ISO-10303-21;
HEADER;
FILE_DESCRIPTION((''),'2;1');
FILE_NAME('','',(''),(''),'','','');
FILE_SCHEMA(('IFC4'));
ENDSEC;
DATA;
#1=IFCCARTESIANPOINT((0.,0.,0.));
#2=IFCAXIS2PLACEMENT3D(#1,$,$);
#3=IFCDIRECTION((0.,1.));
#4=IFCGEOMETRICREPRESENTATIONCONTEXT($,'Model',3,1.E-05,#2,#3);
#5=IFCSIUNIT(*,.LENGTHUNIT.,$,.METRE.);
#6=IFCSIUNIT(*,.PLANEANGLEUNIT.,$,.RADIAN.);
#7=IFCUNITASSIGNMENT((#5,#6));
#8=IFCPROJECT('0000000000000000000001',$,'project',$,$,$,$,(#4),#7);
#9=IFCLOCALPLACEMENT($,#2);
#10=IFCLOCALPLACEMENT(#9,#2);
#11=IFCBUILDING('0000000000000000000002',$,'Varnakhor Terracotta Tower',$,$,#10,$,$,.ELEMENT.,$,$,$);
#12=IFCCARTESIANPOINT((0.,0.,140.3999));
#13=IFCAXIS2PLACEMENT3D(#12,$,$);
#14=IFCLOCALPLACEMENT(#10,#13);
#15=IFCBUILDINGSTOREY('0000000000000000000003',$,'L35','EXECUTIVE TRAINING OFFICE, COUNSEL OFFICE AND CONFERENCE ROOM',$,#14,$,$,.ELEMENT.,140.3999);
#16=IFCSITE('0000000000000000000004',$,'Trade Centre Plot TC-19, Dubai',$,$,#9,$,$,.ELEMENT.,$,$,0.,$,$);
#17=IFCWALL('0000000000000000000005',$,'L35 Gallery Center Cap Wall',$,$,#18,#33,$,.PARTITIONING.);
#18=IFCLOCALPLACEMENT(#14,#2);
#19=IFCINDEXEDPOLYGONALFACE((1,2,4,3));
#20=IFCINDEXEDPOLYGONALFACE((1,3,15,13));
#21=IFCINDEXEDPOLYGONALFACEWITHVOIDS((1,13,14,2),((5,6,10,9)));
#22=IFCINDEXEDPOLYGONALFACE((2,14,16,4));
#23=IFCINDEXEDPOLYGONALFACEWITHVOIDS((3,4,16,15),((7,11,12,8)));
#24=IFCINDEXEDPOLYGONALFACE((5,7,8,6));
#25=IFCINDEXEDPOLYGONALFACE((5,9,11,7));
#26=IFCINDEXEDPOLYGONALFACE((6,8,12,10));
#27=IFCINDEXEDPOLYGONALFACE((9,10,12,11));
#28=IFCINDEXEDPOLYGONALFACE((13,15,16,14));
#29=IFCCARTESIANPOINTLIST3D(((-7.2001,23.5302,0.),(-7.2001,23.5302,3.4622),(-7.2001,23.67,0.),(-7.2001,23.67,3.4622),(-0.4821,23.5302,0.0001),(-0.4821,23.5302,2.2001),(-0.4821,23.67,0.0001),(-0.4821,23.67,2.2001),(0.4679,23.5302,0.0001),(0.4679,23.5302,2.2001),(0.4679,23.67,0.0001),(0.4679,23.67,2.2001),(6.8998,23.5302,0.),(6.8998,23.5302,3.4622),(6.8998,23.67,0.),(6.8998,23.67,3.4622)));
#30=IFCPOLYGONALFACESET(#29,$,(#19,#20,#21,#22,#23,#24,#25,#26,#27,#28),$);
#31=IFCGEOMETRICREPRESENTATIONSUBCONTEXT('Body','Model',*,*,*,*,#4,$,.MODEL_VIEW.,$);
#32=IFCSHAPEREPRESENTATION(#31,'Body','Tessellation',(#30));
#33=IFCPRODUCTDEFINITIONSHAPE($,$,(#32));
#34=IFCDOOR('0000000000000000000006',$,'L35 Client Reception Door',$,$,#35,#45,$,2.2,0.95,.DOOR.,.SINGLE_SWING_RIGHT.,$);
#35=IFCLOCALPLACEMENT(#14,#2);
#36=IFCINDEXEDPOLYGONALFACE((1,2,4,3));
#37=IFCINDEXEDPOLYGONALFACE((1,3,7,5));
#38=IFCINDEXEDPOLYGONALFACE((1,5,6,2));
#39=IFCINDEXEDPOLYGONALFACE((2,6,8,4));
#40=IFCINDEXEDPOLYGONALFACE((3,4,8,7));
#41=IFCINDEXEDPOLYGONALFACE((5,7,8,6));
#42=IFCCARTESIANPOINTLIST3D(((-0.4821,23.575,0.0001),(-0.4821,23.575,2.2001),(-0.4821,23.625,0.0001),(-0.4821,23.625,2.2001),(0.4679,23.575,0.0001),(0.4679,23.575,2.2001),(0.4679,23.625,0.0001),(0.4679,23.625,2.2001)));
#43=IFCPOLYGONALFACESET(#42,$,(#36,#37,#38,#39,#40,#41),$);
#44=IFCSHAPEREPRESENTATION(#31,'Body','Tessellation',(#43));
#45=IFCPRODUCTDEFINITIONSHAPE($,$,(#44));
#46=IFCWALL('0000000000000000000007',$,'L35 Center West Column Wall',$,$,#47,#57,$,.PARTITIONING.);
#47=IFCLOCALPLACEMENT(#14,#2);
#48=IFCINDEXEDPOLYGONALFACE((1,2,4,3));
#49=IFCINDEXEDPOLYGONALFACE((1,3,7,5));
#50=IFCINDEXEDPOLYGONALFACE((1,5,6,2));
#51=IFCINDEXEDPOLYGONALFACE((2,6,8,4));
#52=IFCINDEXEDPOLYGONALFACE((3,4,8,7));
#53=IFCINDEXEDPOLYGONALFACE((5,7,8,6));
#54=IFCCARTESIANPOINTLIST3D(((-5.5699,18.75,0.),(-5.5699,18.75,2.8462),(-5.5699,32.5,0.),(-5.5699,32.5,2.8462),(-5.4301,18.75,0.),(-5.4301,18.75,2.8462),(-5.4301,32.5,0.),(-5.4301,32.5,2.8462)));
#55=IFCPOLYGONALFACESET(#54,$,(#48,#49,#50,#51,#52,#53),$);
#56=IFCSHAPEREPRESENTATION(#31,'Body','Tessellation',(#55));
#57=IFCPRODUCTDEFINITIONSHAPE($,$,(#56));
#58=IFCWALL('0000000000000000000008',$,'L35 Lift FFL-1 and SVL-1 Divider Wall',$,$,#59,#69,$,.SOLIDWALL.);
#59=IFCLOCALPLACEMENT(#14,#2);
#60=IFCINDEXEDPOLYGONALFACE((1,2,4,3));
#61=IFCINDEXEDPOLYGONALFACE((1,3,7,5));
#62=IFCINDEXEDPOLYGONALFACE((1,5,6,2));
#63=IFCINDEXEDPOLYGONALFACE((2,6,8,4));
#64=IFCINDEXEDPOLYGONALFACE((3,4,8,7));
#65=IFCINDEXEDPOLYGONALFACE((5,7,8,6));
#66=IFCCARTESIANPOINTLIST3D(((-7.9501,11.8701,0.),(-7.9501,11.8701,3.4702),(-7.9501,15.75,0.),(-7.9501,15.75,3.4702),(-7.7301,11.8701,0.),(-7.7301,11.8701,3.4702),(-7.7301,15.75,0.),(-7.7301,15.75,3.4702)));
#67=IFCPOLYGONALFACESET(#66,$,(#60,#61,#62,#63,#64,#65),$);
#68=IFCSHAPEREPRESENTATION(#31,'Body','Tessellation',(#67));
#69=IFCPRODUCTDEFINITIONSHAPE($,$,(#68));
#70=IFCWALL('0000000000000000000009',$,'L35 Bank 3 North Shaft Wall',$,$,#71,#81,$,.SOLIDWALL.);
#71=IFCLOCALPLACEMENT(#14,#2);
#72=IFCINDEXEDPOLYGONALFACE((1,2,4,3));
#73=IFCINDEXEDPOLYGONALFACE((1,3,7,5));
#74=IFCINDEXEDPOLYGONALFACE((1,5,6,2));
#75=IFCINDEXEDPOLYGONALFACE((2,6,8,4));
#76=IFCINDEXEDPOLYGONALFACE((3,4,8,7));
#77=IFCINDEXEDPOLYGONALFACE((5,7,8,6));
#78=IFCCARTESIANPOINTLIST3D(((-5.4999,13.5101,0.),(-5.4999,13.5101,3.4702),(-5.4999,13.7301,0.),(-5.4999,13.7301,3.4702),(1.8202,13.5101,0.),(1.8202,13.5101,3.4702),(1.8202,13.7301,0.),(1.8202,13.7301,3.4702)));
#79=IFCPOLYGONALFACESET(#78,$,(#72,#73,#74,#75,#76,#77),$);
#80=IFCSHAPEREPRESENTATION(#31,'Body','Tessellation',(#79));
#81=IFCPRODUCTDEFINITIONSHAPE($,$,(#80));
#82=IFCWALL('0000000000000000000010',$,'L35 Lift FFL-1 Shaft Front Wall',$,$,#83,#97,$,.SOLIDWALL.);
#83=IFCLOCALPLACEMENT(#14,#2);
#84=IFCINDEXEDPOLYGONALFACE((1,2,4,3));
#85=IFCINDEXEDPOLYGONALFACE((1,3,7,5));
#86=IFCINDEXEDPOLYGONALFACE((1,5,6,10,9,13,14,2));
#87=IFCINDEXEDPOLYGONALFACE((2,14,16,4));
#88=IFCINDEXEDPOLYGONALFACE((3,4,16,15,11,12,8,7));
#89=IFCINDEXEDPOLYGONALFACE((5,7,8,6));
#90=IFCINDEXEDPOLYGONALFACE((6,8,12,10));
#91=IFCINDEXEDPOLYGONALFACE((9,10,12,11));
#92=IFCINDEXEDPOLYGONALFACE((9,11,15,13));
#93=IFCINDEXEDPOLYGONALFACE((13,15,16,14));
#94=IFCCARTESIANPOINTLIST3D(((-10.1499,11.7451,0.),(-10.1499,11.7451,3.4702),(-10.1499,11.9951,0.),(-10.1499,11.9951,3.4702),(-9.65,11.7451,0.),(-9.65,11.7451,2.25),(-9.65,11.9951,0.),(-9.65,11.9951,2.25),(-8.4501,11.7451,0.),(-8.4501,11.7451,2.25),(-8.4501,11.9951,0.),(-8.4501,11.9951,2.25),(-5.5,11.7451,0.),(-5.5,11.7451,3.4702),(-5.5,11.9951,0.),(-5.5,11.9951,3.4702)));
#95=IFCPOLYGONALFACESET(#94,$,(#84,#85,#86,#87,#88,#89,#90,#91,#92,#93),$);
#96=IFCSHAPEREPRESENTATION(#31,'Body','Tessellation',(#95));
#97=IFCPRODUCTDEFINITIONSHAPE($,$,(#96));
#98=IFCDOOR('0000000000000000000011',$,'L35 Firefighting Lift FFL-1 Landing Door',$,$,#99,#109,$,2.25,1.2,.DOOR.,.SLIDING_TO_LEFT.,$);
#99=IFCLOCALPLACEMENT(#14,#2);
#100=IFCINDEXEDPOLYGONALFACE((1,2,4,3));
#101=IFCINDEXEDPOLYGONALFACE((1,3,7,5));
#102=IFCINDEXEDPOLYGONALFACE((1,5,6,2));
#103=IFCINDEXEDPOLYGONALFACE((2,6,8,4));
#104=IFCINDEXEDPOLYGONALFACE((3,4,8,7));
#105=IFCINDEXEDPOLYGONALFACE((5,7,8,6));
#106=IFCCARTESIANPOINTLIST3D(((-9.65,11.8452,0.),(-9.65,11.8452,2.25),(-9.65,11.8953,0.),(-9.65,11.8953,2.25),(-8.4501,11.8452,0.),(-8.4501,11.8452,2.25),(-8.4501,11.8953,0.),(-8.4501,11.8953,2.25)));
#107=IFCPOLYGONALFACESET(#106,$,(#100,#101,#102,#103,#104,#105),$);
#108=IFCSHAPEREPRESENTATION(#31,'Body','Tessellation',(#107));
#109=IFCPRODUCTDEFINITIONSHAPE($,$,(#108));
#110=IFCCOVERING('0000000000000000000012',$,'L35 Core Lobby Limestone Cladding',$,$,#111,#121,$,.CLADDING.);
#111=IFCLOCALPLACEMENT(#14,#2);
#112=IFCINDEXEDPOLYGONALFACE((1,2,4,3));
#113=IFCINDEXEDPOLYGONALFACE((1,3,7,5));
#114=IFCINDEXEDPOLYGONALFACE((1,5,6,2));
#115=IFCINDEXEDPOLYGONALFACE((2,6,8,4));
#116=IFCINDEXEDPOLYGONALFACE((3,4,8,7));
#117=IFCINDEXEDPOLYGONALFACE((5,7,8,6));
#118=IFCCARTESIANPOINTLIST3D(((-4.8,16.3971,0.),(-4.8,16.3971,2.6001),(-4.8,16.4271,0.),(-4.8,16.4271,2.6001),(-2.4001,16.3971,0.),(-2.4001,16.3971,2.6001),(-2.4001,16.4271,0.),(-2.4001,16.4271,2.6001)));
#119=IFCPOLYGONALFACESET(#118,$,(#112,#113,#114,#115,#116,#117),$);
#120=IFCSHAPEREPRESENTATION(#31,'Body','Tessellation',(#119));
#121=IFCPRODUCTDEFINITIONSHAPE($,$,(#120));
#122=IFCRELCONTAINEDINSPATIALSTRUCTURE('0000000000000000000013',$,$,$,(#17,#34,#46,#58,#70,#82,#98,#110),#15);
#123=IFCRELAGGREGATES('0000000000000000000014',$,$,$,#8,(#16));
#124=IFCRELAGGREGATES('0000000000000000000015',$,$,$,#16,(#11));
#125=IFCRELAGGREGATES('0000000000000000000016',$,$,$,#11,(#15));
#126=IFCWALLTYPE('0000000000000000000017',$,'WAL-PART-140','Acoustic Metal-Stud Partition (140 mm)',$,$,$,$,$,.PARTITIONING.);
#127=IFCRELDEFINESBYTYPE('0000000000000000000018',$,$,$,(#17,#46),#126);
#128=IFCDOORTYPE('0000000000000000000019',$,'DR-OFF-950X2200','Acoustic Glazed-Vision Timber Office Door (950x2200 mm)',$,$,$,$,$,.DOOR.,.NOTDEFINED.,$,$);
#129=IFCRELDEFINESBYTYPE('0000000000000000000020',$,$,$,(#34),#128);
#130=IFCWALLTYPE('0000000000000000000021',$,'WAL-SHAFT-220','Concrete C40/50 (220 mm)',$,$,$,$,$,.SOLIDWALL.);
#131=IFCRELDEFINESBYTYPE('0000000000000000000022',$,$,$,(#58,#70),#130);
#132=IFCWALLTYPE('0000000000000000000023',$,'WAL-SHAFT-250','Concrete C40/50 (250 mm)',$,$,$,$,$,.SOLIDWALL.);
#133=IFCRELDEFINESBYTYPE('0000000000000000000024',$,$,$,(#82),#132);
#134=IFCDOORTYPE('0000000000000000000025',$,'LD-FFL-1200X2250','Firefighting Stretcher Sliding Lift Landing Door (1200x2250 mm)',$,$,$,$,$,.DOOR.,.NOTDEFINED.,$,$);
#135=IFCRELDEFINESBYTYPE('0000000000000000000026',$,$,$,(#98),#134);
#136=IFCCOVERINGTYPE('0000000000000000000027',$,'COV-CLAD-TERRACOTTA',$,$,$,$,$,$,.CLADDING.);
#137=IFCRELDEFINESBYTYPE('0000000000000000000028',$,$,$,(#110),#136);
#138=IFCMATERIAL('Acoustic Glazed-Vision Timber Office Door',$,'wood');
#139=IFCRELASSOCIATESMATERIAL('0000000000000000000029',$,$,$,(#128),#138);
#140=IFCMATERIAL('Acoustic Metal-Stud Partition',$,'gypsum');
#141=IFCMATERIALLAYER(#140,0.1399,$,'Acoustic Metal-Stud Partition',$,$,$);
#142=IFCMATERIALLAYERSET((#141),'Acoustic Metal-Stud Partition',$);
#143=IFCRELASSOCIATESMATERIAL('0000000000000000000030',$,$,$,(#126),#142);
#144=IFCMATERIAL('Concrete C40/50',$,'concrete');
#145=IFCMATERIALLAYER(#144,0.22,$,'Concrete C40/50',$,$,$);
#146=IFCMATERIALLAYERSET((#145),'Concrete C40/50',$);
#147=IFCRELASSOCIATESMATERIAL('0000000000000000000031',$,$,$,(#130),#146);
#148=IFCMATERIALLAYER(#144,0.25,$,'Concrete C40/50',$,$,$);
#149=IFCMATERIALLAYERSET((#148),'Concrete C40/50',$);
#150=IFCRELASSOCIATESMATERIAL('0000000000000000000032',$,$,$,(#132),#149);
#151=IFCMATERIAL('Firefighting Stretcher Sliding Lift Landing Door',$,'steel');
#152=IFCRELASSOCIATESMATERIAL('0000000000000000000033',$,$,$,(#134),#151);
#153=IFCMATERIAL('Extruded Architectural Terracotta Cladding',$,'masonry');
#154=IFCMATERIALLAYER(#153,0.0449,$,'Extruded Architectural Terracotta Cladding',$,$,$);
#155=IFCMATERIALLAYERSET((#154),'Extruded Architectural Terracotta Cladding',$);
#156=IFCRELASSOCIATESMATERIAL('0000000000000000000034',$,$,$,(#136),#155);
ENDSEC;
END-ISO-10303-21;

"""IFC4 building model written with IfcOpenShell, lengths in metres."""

from ifc_helpers import new_model, si_unit, direction, frame, frame_2d, origin, origin_2d, place, context, subcontext, project, spatial, rectangle, extrude, source, transform, mapped, material, layer, layer_set, type_object, type_shapes, element, fill, save


model = new_model("IFC4")

# Units and contexts
model_context = context("Model", 3, precision=1e-05, world=origin(), true_north=direction((0.0, 1.0)))
body_context = subcontext(model_context, "Body", "Model", "MODEL_VIEW")
ifc_project = project(units=[si_unit("LENGTHUNIT", "METRE"), si_unit("PLANEANGLEUNIT", "RADIAN")], contexts=[model_context])

# Site, building, storey
site_placement = place(None, origin())
site = spatial("IfcSite", under=ifc_project, at=site_placement, Name="Trade Centre Plot TC-19, Dubai", CompositionType="ELEMENT", RefElevation=0.0)
building_placement = place(site_placement, origin())
building = spatial("IfcBuilding", under=site, at=building_placement, Name="Varnakhor Terracotta Tower", CompositionType="ELEMENT")
storey_placement = place(building_placement, frame((0.0, 0.0, 140.3999)))
storey = spatial("IfcBuildingStorey", under=building, at=storey_placement, Name="L35", Description="EXECUTIVE TRAINING OFFICE, COUNSEL OFFICE AND CONFERENCE ROOM", CompositionType="ELEMENT", Elevation=140.3999)

# Shared definitions
ifc_material_1 = material(Name="Acoustic Glazed-Vision Timber Office Door", Category="wood")
door_type_1 = type_object("IfcDoorType", Name="DR-OFF-950X2200", Description="Acoustic Glazed-Vision Timber Office Door (950x2200 mm)", OperationType="NOTDEFINED", PredefinedType="DOOR", material=ifc_material_1)
shared_shape_1 = source(origin(), body_context, "Body", "SweptSolid", [
    extrude(rectangle(XDim=0.95, YDim=2.2, at=frame_2d((0.4751, 1.1001))), frame((0.0, 0.0249, 0.0), z_axis=(0.0, -1.0, 0.0), x_axis=(1.0, 0.0, 0.0)), (0.0, 0.0, 1.0), 0.05),
])
type_shapes(door_type_1, [shared_shape_1])

# Wall, opening, door
ifc_material_2 = material(Name="Acoustic Metal-Stud Partition", Category="gypsum")
ifc_layer_1 = layer(ifc_material_2, 0.1399, Name="Acoustic Metal-Stud Partition")
ifc_layer_set_1 = layer_set([ifc_layer_1], Name="Acoustic Metal-Stud Partition")
wall_type_1 = type_object("IfcWallType", Name="WAL-PART-140", Description="Acoustic Metal-Stud Partition (140 mm)", PredefinedType="PARTITIONING", material=ifc_layer_set_1)
wall_1_placement = place(storey_placement, frame((-7.2, 23.6001, 0.0), z_axis=(0.0, 0.0, 1.0), x_axis=(1.0, 0.0, 0.0)))
wall_1 = element("IfcWall", 1, at=wall_1_placement, inside=storey, type_object=wall_type_1, Name="L35 Gallery Center Cap Wall", PredefinedType="PARTITIONING", context=body_context, shape_type="SweptSolid", body=[
    extrude(rectangle(XDim=14.0999, YDim=0.1399, at=frame_2d((7.0498, 0.0))), origin(), (0.0, 0.0, 1.0), 3.4622),
])
opening_1_placement = place(wall_1_placement, frame((6.7178, 0.0, 0.0)))
opening_1 = element("IfcOpeningElement", 2, at=opening_1_placement, cuts=wall_1, PredefinedType="OPENING", context=body_context, shape_type="SweptSolid", body=[
    extrude(rectangle(XDim=0.95, YDim=2.2, at=frame_2d((0.4751, 1.1001))), frame((0.0, 0.0801, 0.0), z_axis=(0.0, -1.0, 0.0), x_axis=(1.0, 0.0, 0.0)), (0.0, 0.0, 1.0), 0.1599),
])
door_1_placement = place(opening_1_placement, origin())
door_1 = element("IfcDoor", 3, at=door_1_placement, inside=storey, type_object=door_type_1, Name="L35 Client Reception Door", OperationType="SINGLE_SWING_RIGHT", OverallHeight=2.2, OverallWidth=0.95, PredefinedType="DOOR", context=body_context, shape_type="MappedRepresentation", body=[
    mapped(shared_shape_1, transform((0.0, 0.0, 0.0), scale=1.0)),
])
fill(opening_1, door_1)

# Walls
wall_2_placement = place(storey_placement, frame((-5.5, 18.75, 0.0), z_axis=(0.0, 0.0, 1.0), x_axis=(0.0, 1.0, 0.0)))
element("IfcWall", 4, at=wall_2_placement, inside=storey, type_object=wall_type_1, Name="L35 Center West Column Wall", PredefinedType="PARTITIONING", context=body_context, shape_type="SweptSolid", body=[
    extrude(rectangle(XDim=13.75, YDim=0.1399, at=frame_2d((6.875, 0.0))), origin(), (0.0, 0.0, 1.0), 2.8462),
])
ifc_material_3 = material(Name="Concrete C40/50", Category="concrete")
ifc_layer_2 = layer(ifc_material_3, 0.22, Name="Concrete C40/50")
ifc_layer_set_2 = layer_set([ifc_layer_2], Name="Concrete C40/50")
wall_type_2 = type_object("IfcWallType", Name="WAL-SHAFT-220", Description="Concrete C40/50 (220 mm)", PredefinedType="SOLIDWALL", material=ifc_layer_set_2)
wall_3_placement = place(storey_placement, frame((-7.8401, 11.8701, 0.0), z_axis=(0.0, 0.0, 1.0), x_axis=(0.0, 1.0, 0.0)))
element("IfcWall", 5, at=wall_3_placement, inside=storey, type_object=wall_type_2, Name="L35 Lift FFL-1 and SVL-1 Divider Wall", PredefinedType="SOLIDWALL", context=body_context, shape_type="SweptSolid", body=[
    extrude(rectangle(XDim=3.8799, YDim=0.22, at=frame_2d((1.9399, 0.0))), origin(), (0.0, 0.0, 1.0), 3.4702),
])
wall_4_placement = place(storey_placement, frame((-5.5, 13.6201, 0.0), z_axis=(0.0, 0.0, 1.0), x_axis=(1.0, 0.0, 0.0)))
element("IfcWall", 6, at=wall_4_placement, inside=storey, type_object=wall_type_2, Name="L35 Bank 3 North Shaft Wall", PredefinedType="SOLIDWALL", context=body_context, shape_type="SweptSolid", body=[
    extrude(rectangle(XDim=7.3201, YDim=0.22, at=frame_2d((3.6602, 0.0))), origin(), (0.0, 0.0, 1.0), 3.4702),
])

# Wall, opening, door
ifc_layer_3 = layer(ifc_material_3, 0.25, Name="Concrete C40/50")
ifc_layer_set_3 = layer_set([ifc_layer_3], Name="Concrete C40/50")
wall_type_3 = type_object("IfcWallType", Name="WAL-SHAFT-250", Description="Concrete C40/50 (250 mm)", PredefinedType="SOLIDWALL", material=ifc_layer_set_3)
wall_5_placement = place(storey_placement, frame((-5.5, 11.8701, 0.0), z_axis=(0.0, 0.0, 1.0), x_axis=(-1.0, 0.0, 0.0)))
wall_5 = element("IfcWall", 7, at=wall_5_placement, inside=storey, type_object=wall_type_3, Name="L35 Lift FFL-1 Shaft Front Wall", PredefinedType="SOLIDWALL", context=body_context, shape_type="SweptSolid", body=[
    extrude(rectangle(XDim=4.6499, YDim=0.25, at=frame_2d((2.325, 0.0))), origin(), (0.0, 0.0, 1.0), 3.4702),
])
opening_2_placement = place(wall_5_placement, frame((2.95, 0.0, 0.0)))
opening_2 = element("IfcOpeningElement", 8, at=opening_2_placement, cuts=wall_5, PredefinedType="OPENING", context=body_context, shape_type="SweptSolid", body=[
    extrude(rectangle(XDim=1.2, YDim=2.25, at=frame_2d((0.6001, 1.125))), frame((0.0, 0.135, 0.0), z_axis=(0.0, -1.0, 0.0), x_axis=(1.0, 0.0, 0.0)), (0.0, 0.0, 1.0), 0.27),
])
ifc_material_4 = material(Name="Firefighting Stretcher Sliding Lift Landing Door", Category="steel")
door_type_2 = type_object("IfcDoorType", Name="LD-FFL-1200X2250", Description="Firefighting Stretcher Sliding Lift Landing Door (1200x2250 mm)", OperationType="NOTDEFINED", PredefinedType="DOOR", material=ifc_material_4)
shared_shape_2 = source(origin(), body_context, "Body", "SweptSolid", [
    extrude(rectangle(XDim=1.2, YDim=2.25, at=frame_2d((0.6001, 1.125))), frame((0.0, 0.0249, 0.0), z_axis=(0.0, -1.0, 0.0), x_axis=(1.0, 0.0, 0.0)), (0.0, 0.0, 1.0), 0.05),
])
type_shapes(door_type_2, [shared_shape_2])
door_2_placement = place(opening_2_placement, origin())
door_2 = element("IfcDoor", 9, at=door_2_placement, inside=storey, type_object=door_type_2, Name="L35 Firefighting Lift FFL-1 Landing Door", OperationType="SLIDING_TO_LEFT", OverallHeight=2.25, OverallWidth=1.2, PredefinedType="DOOR", context=body_context, shape_type="MappedRepresentation", body=[
    mapped(shared_shape_2, transform((0.0, 0.0, 0.0), scale=1.0)),
])
fill(opening_2, door_2)

# Covering
ifc_material_5 = material(Name="Extruded Architectural Terracotta Cladding", Category="masonry")
ifc_layer_4 = layer(ifc_material_5, 0.0449, Name="Extruded Architectural Terracotta Cladding")
ifc_layer_set_4 = layer_set([ifc_layer_4], Name="Extruded Architectural Terracotta Cladding")
covering_type = type_object("IfcCoveringType", Name="COV-CLAD-TERRACOTTA", PredefinedType="CLADDING", material=ifc_layer_set_4)
shared_shape_3 = source(origin(), body_context, "Body", "SweptSolid", [
    extrude(rectangle(XDim=2.3999, YDim=0.03, at=origin_2d()), origin(), (0.0, 0.0, 1.0), 2.6001),
])
type_shapes(covering_type, [shared_shape_3])
covering_placement = place(storey_placement, frame((-3.6001, 16.4121, 0.0), z_axis=(0.0, 0.0, 1.0), x_axis=(1.0, 0.0, 0.0)))
element("IfcCovering", 10, at=covering_placement, inside=storey, type_object=covering_type, Name="L35 Core Lobby Limestone Cladding", PredefinedType="CLADDING", context=body_context, shape_type="MappedRepresentation", body=[
    mapped(shared_shape_3, transform((0.0, 0.0, 0.0), scale=1.0)),
])

save(model, "model.ifc")
